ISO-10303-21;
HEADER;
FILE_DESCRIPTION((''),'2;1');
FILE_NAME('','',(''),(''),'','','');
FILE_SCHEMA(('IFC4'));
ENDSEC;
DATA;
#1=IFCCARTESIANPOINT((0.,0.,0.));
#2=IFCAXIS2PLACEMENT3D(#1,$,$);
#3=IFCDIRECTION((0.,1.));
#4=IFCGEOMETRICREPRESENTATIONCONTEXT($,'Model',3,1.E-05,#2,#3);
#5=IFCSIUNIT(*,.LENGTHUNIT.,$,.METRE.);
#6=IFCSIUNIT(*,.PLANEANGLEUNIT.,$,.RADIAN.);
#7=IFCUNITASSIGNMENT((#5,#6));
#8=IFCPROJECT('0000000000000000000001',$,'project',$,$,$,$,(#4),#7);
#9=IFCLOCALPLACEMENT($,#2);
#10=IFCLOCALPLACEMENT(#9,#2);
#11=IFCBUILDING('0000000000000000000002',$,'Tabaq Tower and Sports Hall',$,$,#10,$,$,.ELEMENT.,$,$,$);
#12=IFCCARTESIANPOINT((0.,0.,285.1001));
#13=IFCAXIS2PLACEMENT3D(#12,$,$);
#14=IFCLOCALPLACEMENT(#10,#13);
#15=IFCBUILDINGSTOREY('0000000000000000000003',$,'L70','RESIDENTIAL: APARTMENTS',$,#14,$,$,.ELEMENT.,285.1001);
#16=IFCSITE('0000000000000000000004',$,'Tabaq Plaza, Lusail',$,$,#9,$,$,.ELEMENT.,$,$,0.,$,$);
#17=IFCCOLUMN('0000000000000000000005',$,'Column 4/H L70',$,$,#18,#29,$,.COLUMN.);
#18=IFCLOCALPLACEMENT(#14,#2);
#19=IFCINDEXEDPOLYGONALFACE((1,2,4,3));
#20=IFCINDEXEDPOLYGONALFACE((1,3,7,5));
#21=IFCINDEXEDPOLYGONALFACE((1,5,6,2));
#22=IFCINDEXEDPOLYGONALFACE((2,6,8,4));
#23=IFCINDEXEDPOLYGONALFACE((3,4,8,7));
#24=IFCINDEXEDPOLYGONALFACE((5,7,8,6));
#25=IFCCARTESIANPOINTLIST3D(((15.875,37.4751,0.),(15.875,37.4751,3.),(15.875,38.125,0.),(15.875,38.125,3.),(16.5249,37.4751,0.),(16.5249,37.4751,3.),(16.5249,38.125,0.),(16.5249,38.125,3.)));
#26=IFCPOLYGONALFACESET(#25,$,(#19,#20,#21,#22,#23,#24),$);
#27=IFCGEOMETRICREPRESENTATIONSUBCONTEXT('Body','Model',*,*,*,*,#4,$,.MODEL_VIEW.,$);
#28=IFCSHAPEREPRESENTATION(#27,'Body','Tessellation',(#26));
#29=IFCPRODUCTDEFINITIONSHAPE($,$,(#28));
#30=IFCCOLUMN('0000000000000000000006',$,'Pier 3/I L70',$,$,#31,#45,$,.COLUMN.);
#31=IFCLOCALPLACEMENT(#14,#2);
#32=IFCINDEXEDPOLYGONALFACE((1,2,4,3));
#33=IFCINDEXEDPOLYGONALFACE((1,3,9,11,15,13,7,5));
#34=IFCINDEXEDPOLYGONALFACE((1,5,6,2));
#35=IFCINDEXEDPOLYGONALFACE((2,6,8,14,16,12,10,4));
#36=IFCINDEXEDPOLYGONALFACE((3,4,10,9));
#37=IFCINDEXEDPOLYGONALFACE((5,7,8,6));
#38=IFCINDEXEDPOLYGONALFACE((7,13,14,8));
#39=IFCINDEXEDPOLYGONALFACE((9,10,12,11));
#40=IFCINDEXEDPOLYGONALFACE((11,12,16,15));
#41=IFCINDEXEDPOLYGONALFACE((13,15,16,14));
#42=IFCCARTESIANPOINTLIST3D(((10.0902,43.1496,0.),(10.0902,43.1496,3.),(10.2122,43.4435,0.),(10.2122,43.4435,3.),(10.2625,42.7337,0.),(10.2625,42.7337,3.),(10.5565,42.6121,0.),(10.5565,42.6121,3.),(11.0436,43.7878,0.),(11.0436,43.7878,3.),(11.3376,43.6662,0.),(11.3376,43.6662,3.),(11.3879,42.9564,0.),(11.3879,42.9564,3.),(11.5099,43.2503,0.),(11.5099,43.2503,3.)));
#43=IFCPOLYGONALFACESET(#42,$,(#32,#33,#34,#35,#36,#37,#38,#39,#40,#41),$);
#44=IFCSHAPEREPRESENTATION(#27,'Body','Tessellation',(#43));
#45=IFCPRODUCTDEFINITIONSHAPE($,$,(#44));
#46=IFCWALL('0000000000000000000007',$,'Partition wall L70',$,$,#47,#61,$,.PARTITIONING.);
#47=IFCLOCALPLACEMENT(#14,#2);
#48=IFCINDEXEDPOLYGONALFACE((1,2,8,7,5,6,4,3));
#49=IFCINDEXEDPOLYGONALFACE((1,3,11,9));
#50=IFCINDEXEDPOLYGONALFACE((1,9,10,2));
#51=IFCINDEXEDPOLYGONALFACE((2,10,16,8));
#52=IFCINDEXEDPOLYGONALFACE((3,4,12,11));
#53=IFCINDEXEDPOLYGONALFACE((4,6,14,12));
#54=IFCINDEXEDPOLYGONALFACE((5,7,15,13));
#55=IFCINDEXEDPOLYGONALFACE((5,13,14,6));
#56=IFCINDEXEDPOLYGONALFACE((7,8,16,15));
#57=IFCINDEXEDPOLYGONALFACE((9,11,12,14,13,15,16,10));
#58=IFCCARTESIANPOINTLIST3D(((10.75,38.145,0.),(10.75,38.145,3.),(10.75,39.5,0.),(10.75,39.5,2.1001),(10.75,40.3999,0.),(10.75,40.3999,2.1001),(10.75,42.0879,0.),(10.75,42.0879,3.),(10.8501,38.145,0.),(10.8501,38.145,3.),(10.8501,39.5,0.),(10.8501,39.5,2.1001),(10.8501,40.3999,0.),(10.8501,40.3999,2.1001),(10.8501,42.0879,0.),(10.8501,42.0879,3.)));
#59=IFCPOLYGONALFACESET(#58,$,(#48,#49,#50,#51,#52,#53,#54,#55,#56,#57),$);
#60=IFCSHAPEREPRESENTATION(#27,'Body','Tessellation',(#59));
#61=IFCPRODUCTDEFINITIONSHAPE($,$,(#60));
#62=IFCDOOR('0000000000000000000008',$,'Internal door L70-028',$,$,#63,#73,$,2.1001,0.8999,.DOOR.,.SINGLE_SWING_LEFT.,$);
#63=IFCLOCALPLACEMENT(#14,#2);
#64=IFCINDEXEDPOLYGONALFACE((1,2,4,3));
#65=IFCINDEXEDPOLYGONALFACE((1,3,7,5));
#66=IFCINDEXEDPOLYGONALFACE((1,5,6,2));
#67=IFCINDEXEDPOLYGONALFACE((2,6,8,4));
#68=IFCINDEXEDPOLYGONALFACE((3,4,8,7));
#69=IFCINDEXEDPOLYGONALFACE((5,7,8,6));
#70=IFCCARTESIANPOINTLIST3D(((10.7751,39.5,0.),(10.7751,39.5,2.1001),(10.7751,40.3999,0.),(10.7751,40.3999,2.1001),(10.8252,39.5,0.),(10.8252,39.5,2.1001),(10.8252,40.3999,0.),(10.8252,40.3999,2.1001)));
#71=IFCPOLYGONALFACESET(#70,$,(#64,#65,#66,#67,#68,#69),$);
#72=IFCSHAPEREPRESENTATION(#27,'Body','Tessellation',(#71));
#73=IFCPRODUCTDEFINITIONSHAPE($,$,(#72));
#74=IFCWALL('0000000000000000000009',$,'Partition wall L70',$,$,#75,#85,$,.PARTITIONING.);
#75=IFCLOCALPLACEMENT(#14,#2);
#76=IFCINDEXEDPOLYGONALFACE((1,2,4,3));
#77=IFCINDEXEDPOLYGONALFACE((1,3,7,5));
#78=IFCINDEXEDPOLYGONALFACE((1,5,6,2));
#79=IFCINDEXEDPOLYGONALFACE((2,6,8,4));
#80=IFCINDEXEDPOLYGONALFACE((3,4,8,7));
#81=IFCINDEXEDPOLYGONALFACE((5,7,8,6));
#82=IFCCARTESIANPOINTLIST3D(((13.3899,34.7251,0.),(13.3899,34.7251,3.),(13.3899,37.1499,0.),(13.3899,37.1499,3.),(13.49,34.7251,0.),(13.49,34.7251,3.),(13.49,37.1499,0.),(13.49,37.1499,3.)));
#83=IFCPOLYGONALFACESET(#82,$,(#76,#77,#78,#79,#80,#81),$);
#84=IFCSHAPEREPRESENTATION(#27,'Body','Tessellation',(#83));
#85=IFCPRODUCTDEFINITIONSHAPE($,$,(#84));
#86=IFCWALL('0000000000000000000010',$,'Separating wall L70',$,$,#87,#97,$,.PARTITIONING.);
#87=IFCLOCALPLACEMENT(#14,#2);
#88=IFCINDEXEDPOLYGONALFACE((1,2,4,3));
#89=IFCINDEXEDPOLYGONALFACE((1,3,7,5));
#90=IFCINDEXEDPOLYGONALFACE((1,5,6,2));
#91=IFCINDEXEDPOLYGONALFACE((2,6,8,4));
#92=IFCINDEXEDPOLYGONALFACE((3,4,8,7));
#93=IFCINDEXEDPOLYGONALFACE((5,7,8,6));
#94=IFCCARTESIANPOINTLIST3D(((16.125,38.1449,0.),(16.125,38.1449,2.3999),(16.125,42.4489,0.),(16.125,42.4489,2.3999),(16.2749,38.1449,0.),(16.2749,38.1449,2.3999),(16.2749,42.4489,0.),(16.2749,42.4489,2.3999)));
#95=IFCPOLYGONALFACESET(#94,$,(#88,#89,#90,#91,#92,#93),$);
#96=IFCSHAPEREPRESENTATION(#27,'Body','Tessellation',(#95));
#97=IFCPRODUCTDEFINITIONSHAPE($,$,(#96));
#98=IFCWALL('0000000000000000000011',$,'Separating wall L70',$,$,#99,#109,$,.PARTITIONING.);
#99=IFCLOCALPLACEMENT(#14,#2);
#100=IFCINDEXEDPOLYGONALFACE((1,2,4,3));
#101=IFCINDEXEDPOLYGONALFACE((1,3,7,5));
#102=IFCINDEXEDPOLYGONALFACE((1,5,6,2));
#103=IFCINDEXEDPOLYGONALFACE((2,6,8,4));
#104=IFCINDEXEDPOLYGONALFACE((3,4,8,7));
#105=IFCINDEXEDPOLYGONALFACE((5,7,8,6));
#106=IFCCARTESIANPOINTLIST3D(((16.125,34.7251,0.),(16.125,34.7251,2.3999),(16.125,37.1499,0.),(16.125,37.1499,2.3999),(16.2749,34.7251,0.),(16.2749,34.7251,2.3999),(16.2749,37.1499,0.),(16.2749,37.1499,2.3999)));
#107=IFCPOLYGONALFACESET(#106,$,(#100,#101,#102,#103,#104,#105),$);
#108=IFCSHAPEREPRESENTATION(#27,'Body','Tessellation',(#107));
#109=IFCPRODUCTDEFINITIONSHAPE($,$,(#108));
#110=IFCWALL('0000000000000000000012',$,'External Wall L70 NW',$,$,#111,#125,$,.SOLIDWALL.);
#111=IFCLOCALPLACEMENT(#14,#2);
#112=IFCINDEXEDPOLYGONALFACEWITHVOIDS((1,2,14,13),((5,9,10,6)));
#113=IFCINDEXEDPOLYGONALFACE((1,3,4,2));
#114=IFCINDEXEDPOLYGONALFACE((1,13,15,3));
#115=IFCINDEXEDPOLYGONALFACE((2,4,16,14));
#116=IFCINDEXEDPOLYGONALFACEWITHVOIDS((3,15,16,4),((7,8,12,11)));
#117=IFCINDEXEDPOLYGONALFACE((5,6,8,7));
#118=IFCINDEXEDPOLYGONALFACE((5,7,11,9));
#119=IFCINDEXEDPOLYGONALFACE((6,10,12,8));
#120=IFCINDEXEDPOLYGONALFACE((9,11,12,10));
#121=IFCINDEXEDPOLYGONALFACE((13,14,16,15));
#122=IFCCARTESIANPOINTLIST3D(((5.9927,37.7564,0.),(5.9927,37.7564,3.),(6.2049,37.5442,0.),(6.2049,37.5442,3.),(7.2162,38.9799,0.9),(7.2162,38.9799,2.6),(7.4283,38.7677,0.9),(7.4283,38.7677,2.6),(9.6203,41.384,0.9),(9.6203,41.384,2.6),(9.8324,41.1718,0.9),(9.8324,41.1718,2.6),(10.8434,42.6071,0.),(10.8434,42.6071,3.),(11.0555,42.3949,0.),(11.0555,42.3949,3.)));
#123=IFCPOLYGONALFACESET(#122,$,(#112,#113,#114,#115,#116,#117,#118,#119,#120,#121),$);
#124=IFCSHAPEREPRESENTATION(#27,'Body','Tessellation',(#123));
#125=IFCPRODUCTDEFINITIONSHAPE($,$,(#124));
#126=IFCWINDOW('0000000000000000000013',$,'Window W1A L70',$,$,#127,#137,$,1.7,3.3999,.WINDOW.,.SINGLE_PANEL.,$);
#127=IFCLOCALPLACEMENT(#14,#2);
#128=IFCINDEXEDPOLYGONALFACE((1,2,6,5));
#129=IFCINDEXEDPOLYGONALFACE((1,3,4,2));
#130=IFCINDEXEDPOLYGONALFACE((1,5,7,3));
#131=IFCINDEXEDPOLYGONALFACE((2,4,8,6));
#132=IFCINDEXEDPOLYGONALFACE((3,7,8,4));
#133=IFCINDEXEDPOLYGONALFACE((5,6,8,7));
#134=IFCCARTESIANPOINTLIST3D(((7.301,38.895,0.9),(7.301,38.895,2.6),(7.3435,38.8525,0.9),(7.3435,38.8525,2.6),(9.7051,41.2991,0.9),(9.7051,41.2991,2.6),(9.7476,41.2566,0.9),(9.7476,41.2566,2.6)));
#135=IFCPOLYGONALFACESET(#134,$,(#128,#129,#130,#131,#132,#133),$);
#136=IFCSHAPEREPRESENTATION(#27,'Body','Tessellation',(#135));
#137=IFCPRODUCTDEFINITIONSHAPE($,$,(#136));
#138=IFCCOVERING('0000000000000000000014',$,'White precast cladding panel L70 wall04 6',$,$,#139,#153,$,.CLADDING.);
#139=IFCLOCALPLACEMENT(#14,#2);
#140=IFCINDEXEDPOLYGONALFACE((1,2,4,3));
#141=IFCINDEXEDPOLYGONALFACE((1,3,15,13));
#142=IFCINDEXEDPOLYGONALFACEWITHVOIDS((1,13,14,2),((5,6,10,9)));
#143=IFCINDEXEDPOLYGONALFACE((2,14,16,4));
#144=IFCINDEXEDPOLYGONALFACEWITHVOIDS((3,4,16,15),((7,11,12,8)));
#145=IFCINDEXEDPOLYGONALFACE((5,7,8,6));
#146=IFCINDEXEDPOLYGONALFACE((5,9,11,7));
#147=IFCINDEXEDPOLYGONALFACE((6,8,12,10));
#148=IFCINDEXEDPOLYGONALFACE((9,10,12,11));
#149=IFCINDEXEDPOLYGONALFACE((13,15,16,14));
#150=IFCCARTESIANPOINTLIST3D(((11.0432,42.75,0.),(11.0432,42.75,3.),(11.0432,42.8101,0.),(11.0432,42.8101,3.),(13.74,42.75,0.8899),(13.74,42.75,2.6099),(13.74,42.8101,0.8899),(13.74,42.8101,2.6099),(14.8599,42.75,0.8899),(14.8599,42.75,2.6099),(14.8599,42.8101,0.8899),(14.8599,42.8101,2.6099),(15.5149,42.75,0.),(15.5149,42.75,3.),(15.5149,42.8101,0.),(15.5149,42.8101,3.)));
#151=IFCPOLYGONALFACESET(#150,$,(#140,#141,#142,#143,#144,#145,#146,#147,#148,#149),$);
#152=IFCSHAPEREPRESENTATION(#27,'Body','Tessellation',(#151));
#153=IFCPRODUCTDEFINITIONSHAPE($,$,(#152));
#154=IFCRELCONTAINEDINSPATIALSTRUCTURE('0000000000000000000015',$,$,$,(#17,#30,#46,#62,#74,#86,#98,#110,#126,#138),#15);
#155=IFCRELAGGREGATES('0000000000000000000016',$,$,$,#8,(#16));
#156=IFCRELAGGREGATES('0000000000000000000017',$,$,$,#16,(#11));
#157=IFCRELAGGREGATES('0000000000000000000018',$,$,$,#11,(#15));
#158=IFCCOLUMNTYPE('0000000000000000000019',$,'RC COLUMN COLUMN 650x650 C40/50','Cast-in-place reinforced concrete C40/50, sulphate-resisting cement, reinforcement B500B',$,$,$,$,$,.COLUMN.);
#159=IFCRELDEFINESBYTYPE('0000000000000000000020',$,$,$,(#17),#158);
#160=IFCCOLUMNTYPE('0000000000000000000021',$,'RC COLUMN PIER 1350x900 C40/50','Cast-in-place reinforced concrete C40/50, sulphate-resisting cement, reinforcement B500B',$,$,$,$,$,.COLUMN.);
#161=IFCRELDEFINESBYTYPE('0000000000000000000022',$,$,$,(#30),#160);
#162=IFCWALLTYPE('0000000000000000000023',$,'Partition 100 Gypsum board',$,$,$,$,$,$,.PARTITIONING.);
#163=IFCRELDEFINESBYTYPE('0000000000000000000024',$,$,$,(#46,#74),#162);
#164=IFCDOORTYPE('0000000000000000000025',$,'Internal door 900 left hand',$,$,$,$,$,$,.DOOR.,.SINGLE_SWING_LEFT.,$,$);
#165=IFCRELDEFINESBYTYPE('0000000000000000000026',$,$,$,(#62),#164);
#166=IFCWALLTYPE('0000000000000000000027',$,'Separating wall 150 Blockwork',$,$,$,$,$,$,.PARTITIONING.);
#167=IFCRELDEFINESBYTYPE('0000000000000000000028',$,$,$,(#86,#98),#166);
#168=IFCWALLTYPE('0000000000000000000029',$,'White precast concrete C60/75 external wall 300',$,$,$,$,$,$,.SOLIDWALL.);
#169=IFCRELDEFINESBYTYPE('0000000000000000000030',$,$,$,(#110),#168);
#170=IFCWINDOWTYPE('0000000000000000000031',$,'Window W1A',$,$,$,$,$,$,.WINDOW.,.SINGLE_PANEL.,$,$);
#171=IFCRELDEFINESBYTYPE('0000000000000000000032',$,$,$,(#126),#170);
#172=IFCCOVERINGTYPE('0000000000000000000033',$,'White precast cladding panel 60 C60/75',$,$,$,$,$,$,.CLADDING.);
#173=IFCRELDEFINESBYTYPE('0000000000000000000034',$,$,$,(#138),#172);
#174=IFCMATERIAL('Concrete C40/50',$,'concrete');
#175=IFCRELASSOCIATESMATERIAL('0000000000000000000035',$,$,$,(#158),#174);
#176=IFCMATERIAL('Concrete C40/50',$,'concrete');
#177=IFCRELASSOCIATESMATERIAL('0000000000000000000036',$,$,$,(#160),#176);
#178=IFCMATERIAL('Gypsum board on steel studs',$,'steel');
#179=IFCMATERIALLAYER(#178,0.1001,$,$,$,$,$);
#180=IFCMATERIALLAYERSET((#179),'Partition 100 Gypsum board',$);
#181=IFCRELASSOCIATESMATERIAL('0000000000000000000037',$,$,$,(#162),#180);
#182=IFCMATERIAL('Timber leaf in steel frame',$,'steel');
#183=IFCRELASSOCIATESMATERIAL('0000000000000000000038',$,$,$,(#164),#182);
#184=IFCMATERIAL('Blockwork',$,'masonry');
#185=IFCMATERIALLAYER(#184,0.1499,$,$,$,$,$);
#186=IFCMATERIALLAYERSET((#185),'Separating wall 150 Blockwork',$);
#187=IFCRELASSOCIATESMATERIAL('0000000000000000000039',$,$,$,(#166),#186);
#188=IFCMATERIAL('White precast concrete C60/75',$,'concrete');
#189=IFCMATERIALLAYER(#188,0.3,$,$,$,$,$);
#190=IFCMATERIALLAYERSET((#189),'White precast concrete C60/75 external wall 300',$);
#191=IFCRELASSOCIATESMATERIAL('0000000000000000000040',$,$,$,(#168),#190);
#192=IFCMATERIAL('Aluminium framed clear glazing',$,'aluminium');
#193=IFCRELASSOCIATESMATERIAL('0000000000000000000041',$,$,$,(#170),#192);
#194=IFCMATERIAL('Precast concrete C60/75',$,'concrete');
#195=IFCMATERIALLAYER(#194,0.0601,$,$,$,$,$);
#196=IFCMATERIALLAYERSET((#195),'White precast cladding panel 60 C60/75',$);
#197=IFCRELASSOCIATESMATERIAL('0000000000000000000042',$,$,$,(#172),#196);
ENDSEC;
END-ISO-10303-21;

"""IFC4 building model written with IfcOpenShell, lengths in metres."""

from ifc_helpers import new_model, si_unit, direction, frame, frame_2d, origin, origin_2d, place, context, subcontext, project, spatial, polyline, rectangle, outline, extrude, material, layer, layer_set, material_profile, profile_set, type_object, element, fill, save


model = new_model("IFC4")

# Units and contexts
model_context = context("Model", 3, precision=1e-05, world=origin(), true_north=direction((0.0, 1.0)))
body_context = subcontext(model_context, "Body", "Model", "MODEL_VIEW")
ifc_project = project(units=[si_unit("LENGTHUNIT", "METRE"), si_unit("PLANEANGLEUNIT", "RADIAN")], contexts=[model_context])

# Site, building, storey
site_placement = place(None, origin())
site = spatial("IfcSite", under=ifc_project, at=site_placement, Name="Tabaq Plaza, Lusail", CompositionType="ELEMENT", RefElevation=0.0)
building_placement = place(site_placement, origin())
building = spatial("IfcBuilding", under=site, at=building_placement, Name="Tabaq Tower and Sports Hall", CompositionType="ELEMENT")
storey_placement = place(building_placement, frame((0.0, 0.0, 285.1001)))
storey = spatial("IfcBuildingStorey", under=building, at=storey_placement, Name="L70", Description="RESIDENTIAL: APARTMENTS", CompositionType="ELEMENT", Elevation=285.1001)

# Columns
ifc_material_1 = material(Name="Concrete C40/50", Category="concrete")
ifc_material_profile_1 = material_profile(ifc_material_1, rectangle(XDim=0.6499, YDim=0.6499, at=origin_2d()), Name="COLUMN 650x650")
ifc_profile_set_1 = profile_set([ifc_material_profile_1], Name="Concrete C40/50")
column_type_1 = type_object("IfcColumnType", Name="RC COLUMN COLUMN 650x650 C40/50", Description="Cast-in-place reinforced concrete C40/50, sulphate-resisting cement, reinforcement B500B", PredefinedType="COLUMN", material=ifc_profile_set_1)
column_1_placement = place(storey_placement, frame((16.2, 37.8, 0.0), z_axis=(0.0, 0.0, 1.0), x_axis=(1.0, 0.0, 0.0)))
element("IfcColumn", 1, at=column_1_placement, inside=storey, type_object=column_type_1, Name="Column 4/H L70", PredefinedType="COLUMN", context=body_context, shape_type="SweptSolid", body=[
    extrude(rectangle(XDim=0.6499, YDim=0.6499, at=origin_2d()), origin(), (0.0, 0.0, 1.0), 3.0),
])
ifc_material_2 = material(Name="Concrete C40/50", Category="concrete")
ifc_material_profile_2 = material_profile(ifc_material_2, outline(polyline([(-0.45, -0.45), (0.45, -0.45), (0.675, -0.2251), (0.675, 0.2251), (0.45, 0.45), (-0.45, 0.45), (-0.675, 0.2251), (-0.675, -0.2251), (-0.45, -0.45)])), Name="PIER 1350x900")
ifc_profile_set_2 = profile_set([ifc_material_profile_2], Name="Concrete C40/50")
column_type_2 = type_object("IfcColumnType", Name="RC COLUMN PIER 1350x900 C40/50", Description="Cast-in-place reinforced concrete C40/50, sulphate-resisting cement, reinforcement B500B", PredefinedType="COLUMN", material=ifc_profile_set_2)
column_2_placement = place(storey_placement, frame((10.8, 43.2, 0.0), z_axis=(0.0, 0.0, 1.0), x_axis=(0.92388, 0.382683, 0.0)))
element("IfcColumn", 2, at=column_2_placement, inside=storey, type_object=column_type_2, Name="Pier 3/I L70", PredefinedType="COLUMN", context=body_context, shape_type="SweptSolid", body=[
    extrude(outline(polyline([(-0.45, -0.45), (0.45, -0.45), (0.675, -0.2251), (0.675, 0.2251), (0.45, 0.45), (-0.45, 0.45), (-0.675, 0.2251), (-0.675, -0.2251), (-0.45, -0.45)])), origin(), (0.0, 0.0, 1.0), 3.0),
])

# Wall, opening, door
ifc_material_3 = material(Name="Gypsum board on steel studs", Category="steel")
ifc_layer_1 = layer(ifc_material_3, 0.1001)
ifc_layer_set_1 = layer_set([ifc_layer_1], Name="Partition 100 Gypsum board")
wall_type_1 = type_object("IfcWallType", Name="Partition 100 Gypsum board", PredefinedType="PARTITIONING", material=ifc_layer_set_1)
wall_1_placement = place(storey_placement, frame((10.8, 38.145, 0.0), z_axis=(0.0, 0.0, 1.0), x_axis=(0.0, 1.0, 0.0)))
wall_1 = element("IfcWall", 3, at=wall_1_placement, inside=storey, type_object=wall_type_1, Name="Partition wall L70", PredefinedType="PARTITIONING", context=body_context, shape_type="SweptSolid", body=[
    extrude(rectangle(XDim=3.9429, YDim=0.1001, at=frame_2d((1.9714, 0.0))), origin(), (0.0, 0.0, 1.0), 3.0),
])
opening_1_placement = place(wall_1_placement, frame((1.355, 0.0, 0.0)))
opening_1 = element("IfcOpeningElement", 4, at=opening_1_placement, cuts=wall_1, PredefinedType="OPENING", context=body_context, shape_type="SweptSolid", body=[
    extrude(rectangle(XDim=0.8999, YDim=2.1001, at=frame_2d((0.45, 1.05))), frame((0.0, 0.05, 0.0), z_axis=(0.0, -1.0, 0.0), x_axis=(1.0, 0.0, 0.0)), (0.0, 0.0, 1.0), 0.1001),
])
ifc_material_4 = material(Name="Timber leaf in steel frame", Category="steel")
door_type = type_object("IfcDoorType", Name="Internal door 900 left hand", OperationType="SINGLE_SWING_LEFT", PredefinedType="DOOR", material=ifc_material_4)
door_placement = place(opening_1_placement, origin())
door = element("IfcDoor", 5, at=door_placement, inside=storey, type_object=door_type, Name="Internal door L70-028", OperationType="SINGLE_SWING_LEFT", OverallHeight=2.1001, OverallWidth=0.8999, PredefinedType="DOOR", context=body_context, shape_type="SweptSolid", body=[
    extrude(rectangle(XDim=0.8999, YDim=2.1001, at=frame_2d((0.45, 1.05))), frame((0.0, 0.0249, 0.0), z_axis=(0.0, -1.0, 0.0), x_axis=(1.0, 0.0, 0.0)), (0.0, 0.0, 1.0), 0.05),
])
fill(opening_1, door)

# Walls
wall_2_placement = place(storey_placement, frame((13.4399, 34.7251, 0.0), z_axis=(0.0, 0.0, 1.0), x_axis=(0.0, 1.0, 0.0)))
element("IfcWall", 6, at=wall_2_placement, inside=storey, type_object=wall_type_1, Name="Partition wall L70", PredefinedType="PARTITIONING", context=body_context, shape_type="SweptSolid", body=[
    extrude(rectangle(XDim=2.4248, YDim=0.1001, at=frame_2d((1.2124, 0.0))), origin(), (0.0, 0.0, 1.0), 3.0),
])
ifc_material_5 = material(Name="Blockwork", Category="masonry")
ifc_layer_2 = layer(ifc_material_5, 0.1499)
ifc_layer_set_2 = layer_set([ifc_layer_2], Name="Separating wall 150 Blockwork")
wall_type_2 = type_object("IfcWallType", Name="Separating wall 150 Blockwork", PredefinedType="PARTITIONING", material=ifc_layer_set_2)
wall_3_placement = place(storey_placement, frame((16.2, 38.145, 0.0), z_axis=(0.0, 0.0, 1.0), x_axis=(0.0, 1.0, 0.0)))
element("IfcWall", 7, at=wall_3_placement, inside=storey, type_object=wall_type_2, Name="Separating wall L70", PredefinedType="PARTITIONING", context=body_context, shape_type="SweptSolid", body=[
    extrude(rectangle(XDim=4.304, YDim=0.1499, at=frame_2d((2.1519, 0.0))), origin(), (0.0, 0.0, 1.0), 2.3999),
])
wall_4_placement = place(storey_placement, frame((16.2, 34.7251, 0.0), z_axis=(0.0, 0.0, 1.0), x_axis=(0.0, 1.0, 0.0)))
element("IfcWall", 8, at=wall_4_placement, inside=storey, type_object=wall_type_2, Name="Separating wall L70", PredefinedType="PARTITIONING", context=body_context, shape_type="SweptSolid", body=[
    extrude(rectangle(XDim=2.4248, YDim=0.1499, at=frame_2d((1.2124, 0.0))), origin(), (0.0, 0.0, 1.0), 2.3999),
])

# Wall, opening, window
ifc_material_6 = material(Name="White precast concrete C60/75", Category="concrete")
ifc_layer_3 = layer(ifc_material_6, 0.3)
ifc_layer_set_3 = layer_set([ifc_layer_3], Name="White precast concrete C60/75 external wall 300")
wall_type_3 = type_object("IfcWallType", Name="White precast concrete C60/75 external wall 300", PredefinedType="SOLIDWALL", material=ifc_layer_set_3)
wall_5_placement = place(storey_placement, frame((10.9495, 42.501, 0.0), z_axis=(0.0, 0.0, 1.0), x_axis=(-0.707107, -0.707107, 0.0)))
wall_5 = element("IfcWall", 9, at=wall_5_placement, inside=storey, type_object=wall_type_3, Name="External Wall L70 NW", PredefinedType="SOLIDWALL", context=body_context, shape_type="SweptSolid", body=[
    extrude(rectangle(XDim=6.8599, YDim=0.3, at=frame_2d((3.4299, 0.0))), origin(), (0.0, 0.0, 1.0), 3.0),
])
opening_2_placement = place(wall_5_placement, frame((1.7297, 0.0, 0.8999)))
opening_2 = element("IfcOpeningElement", 10, at=opening_2_placement, cuts=wall_5, PredefinedType="OPENING", context=body_context, shape_type="SweptSolid", body=[
    extrude(rectangle(XDim=3.3999, YDim=1.7, at=frame_2d((1.7, 0.8501))), frame((0.0, 0.1602, 0.0), z_axis=(0.0, -1.0, 0.0), x_axis=(1.0, 0.0, 0.0)), (0.0, 0.0, 1.0), 0.3201),
])
ifc_material_7 = material(Name="Aluminium framed clear glazing", Category="aluminium")
window_type = type_object("IfcWindowType", Name="Window W1A", PartitioningType="SINGLE_PANEL", PredefinedType="WINDOW", material=ifc_material_7)
window_placement = place(opening_2_placement, origin())
window = element("IfcWindow", 11, at=window_placement, inside=storey, type_object=window_type, Name="Window W1A L70", OverallHeight=1.7, OverallWidth=3.3999, PartitioningType="SINGLE_PANEL", PredefinedType="WINDOW", context=body_context, shape_type="SweptSolid", body=[
    extrude(rectangle(XDim=3.3999, YDim=1.7, at=frame_2d((1.7, 0.8501))), frame((0.0, 0.03, 0.0), z_axis=(0.0, -1.0, 0.0), x_axis=(1.0, 0.0, 0.0)), (0.0, 0.0, 1.0), 0.0601),
])
fill(opening_2, window)

# Covering
ifc_material_8 = material(Name="Precast concrete C60/75", Category="concrete")
ifc_layer_4 = layer(ifc_material_8, 0.0601)
ifc_layer_set_4 = layer_set([ifc_layer_4], Name="White precast cladding panel 60 C60/75")
covering_type = type_object("IfcCoveringType", Name="White precast cladding panel 60 C60/75", PredefinedType="CLADDING", material=ifc_layer_set_4)
covering_1_placement = place(storey_placement, frame((15.5149, 42.78, 0.0), z_axis=(0.0, 0.0, 1.0), x_axis=(-1.0, 0.0, 0.0)))
element("IfcCovering", 12, at=covering_1_placement, inside=storey, type_object=covering_type, Name="White precast cladding panel L70 wall04 6", PredefinedType="CLADDING", context=body_context, shape_type="SweptSolid", body=[
    extrude(outline(polyline([(0.0, 0.0), (4.4717, 0.0), (4.4717, 3.0), (0.0, 3.0), (0.0, 0.0)]), holes=[polyline([(0.655, 0.8899), (0.655, 2.6099), (1.7749, 2.6099), (1.7749, 0.8899), (0.655, 0.8899)])]), frame((0.0, 0.03, 0.0), z_axis=(0.0, -1.0, 0.0), x_axis=(1.0, 0.0, 0.0)), (0.0, 0.0, 1.0), 0.0601),
])

save(model, "model.ifc")
